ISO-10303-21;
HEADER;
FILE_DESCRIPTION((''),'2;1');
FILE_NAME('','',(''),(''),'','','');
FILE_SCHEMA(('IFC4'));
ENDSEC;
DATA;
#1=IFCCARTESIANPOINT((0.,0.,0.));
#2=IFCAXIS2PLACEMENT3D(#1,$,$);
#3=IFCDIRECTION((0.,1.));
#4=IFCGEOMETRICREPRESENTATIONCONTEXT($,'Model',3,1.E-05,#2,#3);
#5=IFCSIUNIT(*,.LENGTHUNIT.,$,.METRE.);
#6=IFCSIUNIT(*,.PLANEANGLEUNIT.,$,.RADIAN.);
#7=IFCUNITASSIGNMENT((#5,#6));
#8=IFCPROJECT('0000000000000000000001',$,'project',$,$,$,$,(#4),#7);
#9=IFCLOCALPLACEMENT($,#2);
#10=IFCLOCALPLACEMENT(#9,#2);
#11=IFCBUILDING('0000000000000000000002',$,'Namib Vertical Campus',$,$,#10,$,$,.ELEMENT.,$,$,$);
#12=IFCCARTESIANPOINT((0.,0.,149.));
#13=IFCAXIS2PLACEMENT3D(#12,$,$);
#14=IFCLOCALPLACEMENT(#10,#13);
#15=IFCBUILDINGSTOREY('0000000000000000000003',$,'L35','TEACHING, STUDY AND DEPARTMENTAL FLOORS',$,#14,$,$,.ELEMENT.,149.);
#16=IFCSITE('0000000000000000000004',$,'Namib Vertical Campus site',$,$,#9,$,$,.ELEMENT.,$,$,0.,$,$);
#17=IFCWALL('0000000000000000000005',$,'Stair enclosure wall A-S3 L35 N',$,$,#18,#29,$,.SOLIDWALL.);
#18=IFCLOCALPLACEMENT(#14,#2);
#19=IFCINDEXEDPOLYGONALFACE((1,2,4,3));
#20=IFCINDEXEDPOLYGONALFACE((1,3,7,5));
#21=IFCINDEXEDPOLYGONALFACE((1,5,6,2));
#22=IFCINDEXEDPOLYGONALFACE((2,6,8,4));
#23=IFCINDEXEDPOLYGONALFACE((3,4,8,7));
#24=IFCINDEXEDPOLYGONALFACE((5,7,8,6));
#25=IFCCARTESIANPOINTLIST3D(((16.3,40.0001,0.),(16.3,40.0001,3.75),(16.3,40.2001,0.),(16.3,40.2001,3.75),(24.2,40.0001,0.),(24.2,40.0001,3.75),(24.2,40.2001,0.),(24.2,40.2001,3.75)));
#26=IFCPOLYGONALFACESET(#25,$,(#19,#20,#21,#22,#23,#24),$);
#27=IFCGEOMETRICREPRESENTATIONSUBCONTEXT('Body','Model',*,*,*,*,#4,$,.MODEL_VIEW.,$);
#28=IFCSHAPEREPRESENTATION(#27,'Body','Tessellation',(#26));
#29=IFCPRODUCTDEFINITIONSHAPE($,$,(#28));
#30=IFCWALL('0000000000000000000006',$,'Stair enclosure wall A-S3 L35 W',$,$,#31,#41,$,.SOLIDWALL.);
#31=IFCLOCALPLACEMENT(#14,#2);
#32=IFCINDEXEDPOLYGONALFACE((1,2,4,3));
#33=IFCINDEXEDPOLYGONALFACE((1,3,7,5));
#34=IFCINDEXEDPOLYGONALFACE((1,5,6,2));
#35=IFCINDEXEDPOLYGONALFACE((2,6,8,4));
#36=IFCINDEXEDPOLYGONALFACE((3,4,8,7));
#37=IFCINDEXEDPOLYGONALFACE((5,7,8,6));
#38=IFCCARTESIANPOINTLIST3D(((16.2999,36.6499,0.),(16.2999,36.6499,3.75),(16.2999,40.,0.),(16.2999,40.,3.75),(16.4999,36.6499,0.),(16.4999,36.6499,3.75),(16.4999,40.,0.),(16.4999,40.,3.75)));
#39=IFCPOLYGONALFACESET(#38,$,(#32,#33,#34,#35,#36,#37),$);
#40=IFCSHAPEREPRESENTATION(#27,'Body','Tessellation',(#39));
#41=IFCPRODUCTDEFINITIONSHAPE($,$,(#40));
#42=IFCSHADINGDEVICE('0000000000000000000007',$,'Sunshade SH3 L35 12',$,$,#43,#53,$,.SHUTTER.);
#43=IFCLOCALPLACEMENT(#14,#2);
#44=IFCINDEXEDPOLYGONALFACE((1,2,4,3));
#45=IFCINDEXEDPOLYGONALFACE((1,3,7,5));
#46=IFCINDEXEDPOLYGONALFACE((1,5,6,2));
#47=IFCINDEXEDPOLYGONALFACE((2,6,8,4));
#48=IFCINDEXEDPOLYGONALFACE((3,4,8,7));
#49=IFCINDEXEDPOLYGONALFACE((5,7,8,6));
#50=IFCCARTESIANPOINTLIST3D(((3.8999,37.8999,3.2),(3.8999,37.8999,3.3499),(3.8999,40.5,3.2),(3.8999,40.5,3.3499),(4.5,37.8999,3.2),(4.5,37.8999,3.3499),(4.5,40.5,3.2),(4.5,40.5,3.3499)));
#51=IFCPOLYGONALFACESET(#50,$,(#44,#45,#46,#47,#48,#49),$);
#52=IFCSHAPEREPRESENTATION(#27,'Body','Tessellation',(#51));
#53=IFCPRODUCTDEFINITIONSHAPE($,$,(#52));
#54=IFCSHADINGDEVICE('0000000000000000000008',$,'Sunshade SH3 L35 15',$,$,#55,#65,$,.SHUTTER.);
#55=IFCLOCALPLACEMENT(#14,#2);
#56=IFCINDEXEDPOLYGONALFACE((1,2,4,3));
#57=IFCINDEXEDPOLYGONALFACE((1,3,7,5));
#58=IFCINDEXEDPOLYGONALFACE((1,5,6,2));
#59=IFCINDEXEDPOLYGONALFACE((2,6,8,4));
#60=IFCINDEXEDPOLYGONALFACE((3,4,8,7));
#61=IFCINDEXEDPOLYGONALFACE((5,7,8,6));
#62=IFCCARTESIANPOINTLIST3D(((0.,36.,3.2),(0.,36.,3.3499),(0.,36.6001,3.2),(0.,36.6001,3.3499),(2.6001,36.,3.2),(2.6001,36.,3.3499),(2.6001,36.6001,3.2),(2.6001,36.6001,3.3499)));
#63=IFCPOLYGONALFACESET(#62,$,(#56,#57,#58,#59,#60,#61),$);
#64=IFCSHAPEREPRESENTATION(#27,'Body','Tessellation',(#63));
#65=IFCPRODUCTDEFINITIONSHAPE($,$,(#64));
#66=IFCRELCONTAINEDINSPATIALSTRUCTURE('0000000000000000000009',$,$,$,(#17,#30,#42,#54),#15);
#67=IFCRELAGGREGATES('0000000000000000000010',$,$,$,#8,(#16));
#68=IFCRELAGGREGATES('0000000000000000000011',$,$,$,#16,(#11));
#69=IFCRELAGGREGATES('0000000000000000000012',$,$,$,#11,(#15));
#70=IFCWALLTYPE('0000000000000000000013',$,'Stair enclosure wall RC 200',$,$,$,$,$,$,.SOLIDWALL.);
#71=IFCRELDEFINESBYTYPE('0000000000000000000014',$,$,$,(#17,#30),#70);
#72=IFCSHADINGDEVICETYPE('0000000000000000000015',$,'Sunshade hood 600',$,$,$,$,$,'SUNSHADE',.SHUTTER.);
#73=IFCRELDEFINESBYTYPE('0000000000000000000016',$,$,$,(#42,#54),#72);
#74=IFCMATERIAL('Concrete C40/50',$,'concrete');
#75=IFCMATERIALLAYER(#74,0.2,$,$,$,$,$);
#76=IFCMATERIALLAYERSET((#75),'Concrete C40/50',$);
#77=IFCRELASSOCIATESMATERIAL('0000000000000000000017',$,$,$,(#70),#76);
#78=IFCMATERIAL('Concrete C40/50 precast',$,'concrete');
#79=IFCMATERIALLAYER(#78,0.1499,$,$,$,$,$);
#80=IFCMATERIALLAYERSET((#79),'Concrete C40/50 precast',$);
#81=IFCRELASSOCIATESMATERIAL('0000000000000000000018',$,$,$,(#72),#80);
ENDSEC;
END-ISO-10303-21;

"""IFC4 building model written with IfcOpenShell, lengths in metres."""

from ifc_helpers import new_model, si_unit, direction, frame, frame_2d, origin, origin_2d, place, context, subcontext, project, spatial, rectangle, extrude, material, layer, layer_set, type_object, element, save


model = new_model("IFC4")

# Units and contexts
model_context = context("Model", 3, precision=1e-05, world=origin(), true_north=direction((0.0, 1.0)))
body_context = subcontext(model_context, "Body", "Model", "MODEL_VIEW")
ifc_project = project(units=[si_unit("LENGTHUNIT", "METRE"), si_unit("PLANEANGLEUNIT", "RADIAN")], contexts=[model_context])

# Site, building, storey
site_placement = place(None, origin())
site = spatial("IfcSite", under=ifc_project, at=site_placement, Name="Namib Vertical Campus site", CompositionType="ELEMENT", RefElevation=0.0)
building_placement = place(site_placement, origin())
building = spatial("IfcBuilding", under=site, at=building_placement, Name="Namib Vertical Campus", CompositionType="ELEMENT")
storey_placement = place(building_placement, frame((0.0, 0.0, 149.0)))
storey = spatial("IfcBuildingStorey", under=building, at=storey_placement, Name="L35", Description="TEACHING, STUDY AND DEPARTMENTAL FLOORS", CompositionType="ELEMENT", Elevation=149.0)

# Shared definitions
ifc_material_1 = material(Name="Concrete C40/50", Category="concrete")
ifc_layer_1 = layer(ifc_material_1, 0.2)
ifc_layer_set_1 = layer_set([ifc_layer_1], Name="Concrete C40/50")
wall_type_1 = type_object("IfcWallType", Name="Stair enclosure wall RC 200", PredefinedType="SOLIDWALL", material=ifc_layer_set_1)

# Walls
wall_1_placement = place(storey_placement, frame((16.3, 40.1001, 0.0), z_axis=(0.0, 0.0, 1.0), x_axis=(1.0, 0.0, 0.0)))
element("IfcWall", 1, at=wall_1_placement, inside=storey, type_object=wall_type_1, Name="Stair enclosure wall A-S3 L35 N", PredefinedType="SOLIDWALL", context=body_context, shape_type="SweptSolid", body=[
    extrude(rectangle(XDim=7.8999, YDim=0.2, at=frame_2d((3.95, 0.0))), origin(), (0.0, 0.0, 1.0), 3.75),
])
wall_2_placement = place(storey_placement, frame((16.3999, 36.6499, 0.0), z_axis=(0.0, 0.0, 1.0), x_axis=(0.0, 1.0, 0.0)))
element("IfcWall", 2, at=wall_2_placement, inside=storey, type_object=wall_type_1, Name="Stair enclosure wall A-S3 L35 W", PredefinedType="SOLIDWALL", context=body_context, shape_type="SweptSolid", body=[
    extrude(rectangle(XDim=3.3501, YDim=0.2, at=frame_2d((1.675, 0.0))), origin(), (0.0, 0.0, 1.0), 3.75),
])

# Shading devices
ifc_material_2 = material(Name="Concrete C40/50 precast", Category="concrete")
ifc_layer_2 = layer(ifc_material_2, 0.1499)
ifc_layer_set_2 = layer_set([ifc_layer_2], Name="Concrete C40/50 precast")
shading_device_type = type_object("IfcShadingDeviceType", Name="Sunshade hood 600", ElementType="SUNSHADE", PredefinedType="SHUTTER", material=ifc_layer_set_2)
for number, where, z_axis, x_axis, name in (
    (3, (4.2, 39.2, 3.2), (0.0, 0.0, 1.0), (0.0, -1.0, 0.0), "Sunshade SH3 L35 12"),
    (4, (1.3, 36.3, 3.2), (0.0, 0.0, 1.0), (-1.0, 0.0, 0.0), "Sunshade SH3 L35 15"),
):
    element("IfcShadingDevice", number, at=place(storey_placement, frame(where, z_axis=z_axis, x_axis=x_axis)), inside=storey, type_object=shading_device_type, Name=name, PredefinedType="SHUTTER", context=body_context, shape_type="SweptSolid", body=[
        extrude(rectangle(XDim=2.6001, YDim=0.6001, at=origin_2d()), origin(), (0.0, 0.0, 1.0), 0.1499),
    ])

save(model, "model.ifc")
